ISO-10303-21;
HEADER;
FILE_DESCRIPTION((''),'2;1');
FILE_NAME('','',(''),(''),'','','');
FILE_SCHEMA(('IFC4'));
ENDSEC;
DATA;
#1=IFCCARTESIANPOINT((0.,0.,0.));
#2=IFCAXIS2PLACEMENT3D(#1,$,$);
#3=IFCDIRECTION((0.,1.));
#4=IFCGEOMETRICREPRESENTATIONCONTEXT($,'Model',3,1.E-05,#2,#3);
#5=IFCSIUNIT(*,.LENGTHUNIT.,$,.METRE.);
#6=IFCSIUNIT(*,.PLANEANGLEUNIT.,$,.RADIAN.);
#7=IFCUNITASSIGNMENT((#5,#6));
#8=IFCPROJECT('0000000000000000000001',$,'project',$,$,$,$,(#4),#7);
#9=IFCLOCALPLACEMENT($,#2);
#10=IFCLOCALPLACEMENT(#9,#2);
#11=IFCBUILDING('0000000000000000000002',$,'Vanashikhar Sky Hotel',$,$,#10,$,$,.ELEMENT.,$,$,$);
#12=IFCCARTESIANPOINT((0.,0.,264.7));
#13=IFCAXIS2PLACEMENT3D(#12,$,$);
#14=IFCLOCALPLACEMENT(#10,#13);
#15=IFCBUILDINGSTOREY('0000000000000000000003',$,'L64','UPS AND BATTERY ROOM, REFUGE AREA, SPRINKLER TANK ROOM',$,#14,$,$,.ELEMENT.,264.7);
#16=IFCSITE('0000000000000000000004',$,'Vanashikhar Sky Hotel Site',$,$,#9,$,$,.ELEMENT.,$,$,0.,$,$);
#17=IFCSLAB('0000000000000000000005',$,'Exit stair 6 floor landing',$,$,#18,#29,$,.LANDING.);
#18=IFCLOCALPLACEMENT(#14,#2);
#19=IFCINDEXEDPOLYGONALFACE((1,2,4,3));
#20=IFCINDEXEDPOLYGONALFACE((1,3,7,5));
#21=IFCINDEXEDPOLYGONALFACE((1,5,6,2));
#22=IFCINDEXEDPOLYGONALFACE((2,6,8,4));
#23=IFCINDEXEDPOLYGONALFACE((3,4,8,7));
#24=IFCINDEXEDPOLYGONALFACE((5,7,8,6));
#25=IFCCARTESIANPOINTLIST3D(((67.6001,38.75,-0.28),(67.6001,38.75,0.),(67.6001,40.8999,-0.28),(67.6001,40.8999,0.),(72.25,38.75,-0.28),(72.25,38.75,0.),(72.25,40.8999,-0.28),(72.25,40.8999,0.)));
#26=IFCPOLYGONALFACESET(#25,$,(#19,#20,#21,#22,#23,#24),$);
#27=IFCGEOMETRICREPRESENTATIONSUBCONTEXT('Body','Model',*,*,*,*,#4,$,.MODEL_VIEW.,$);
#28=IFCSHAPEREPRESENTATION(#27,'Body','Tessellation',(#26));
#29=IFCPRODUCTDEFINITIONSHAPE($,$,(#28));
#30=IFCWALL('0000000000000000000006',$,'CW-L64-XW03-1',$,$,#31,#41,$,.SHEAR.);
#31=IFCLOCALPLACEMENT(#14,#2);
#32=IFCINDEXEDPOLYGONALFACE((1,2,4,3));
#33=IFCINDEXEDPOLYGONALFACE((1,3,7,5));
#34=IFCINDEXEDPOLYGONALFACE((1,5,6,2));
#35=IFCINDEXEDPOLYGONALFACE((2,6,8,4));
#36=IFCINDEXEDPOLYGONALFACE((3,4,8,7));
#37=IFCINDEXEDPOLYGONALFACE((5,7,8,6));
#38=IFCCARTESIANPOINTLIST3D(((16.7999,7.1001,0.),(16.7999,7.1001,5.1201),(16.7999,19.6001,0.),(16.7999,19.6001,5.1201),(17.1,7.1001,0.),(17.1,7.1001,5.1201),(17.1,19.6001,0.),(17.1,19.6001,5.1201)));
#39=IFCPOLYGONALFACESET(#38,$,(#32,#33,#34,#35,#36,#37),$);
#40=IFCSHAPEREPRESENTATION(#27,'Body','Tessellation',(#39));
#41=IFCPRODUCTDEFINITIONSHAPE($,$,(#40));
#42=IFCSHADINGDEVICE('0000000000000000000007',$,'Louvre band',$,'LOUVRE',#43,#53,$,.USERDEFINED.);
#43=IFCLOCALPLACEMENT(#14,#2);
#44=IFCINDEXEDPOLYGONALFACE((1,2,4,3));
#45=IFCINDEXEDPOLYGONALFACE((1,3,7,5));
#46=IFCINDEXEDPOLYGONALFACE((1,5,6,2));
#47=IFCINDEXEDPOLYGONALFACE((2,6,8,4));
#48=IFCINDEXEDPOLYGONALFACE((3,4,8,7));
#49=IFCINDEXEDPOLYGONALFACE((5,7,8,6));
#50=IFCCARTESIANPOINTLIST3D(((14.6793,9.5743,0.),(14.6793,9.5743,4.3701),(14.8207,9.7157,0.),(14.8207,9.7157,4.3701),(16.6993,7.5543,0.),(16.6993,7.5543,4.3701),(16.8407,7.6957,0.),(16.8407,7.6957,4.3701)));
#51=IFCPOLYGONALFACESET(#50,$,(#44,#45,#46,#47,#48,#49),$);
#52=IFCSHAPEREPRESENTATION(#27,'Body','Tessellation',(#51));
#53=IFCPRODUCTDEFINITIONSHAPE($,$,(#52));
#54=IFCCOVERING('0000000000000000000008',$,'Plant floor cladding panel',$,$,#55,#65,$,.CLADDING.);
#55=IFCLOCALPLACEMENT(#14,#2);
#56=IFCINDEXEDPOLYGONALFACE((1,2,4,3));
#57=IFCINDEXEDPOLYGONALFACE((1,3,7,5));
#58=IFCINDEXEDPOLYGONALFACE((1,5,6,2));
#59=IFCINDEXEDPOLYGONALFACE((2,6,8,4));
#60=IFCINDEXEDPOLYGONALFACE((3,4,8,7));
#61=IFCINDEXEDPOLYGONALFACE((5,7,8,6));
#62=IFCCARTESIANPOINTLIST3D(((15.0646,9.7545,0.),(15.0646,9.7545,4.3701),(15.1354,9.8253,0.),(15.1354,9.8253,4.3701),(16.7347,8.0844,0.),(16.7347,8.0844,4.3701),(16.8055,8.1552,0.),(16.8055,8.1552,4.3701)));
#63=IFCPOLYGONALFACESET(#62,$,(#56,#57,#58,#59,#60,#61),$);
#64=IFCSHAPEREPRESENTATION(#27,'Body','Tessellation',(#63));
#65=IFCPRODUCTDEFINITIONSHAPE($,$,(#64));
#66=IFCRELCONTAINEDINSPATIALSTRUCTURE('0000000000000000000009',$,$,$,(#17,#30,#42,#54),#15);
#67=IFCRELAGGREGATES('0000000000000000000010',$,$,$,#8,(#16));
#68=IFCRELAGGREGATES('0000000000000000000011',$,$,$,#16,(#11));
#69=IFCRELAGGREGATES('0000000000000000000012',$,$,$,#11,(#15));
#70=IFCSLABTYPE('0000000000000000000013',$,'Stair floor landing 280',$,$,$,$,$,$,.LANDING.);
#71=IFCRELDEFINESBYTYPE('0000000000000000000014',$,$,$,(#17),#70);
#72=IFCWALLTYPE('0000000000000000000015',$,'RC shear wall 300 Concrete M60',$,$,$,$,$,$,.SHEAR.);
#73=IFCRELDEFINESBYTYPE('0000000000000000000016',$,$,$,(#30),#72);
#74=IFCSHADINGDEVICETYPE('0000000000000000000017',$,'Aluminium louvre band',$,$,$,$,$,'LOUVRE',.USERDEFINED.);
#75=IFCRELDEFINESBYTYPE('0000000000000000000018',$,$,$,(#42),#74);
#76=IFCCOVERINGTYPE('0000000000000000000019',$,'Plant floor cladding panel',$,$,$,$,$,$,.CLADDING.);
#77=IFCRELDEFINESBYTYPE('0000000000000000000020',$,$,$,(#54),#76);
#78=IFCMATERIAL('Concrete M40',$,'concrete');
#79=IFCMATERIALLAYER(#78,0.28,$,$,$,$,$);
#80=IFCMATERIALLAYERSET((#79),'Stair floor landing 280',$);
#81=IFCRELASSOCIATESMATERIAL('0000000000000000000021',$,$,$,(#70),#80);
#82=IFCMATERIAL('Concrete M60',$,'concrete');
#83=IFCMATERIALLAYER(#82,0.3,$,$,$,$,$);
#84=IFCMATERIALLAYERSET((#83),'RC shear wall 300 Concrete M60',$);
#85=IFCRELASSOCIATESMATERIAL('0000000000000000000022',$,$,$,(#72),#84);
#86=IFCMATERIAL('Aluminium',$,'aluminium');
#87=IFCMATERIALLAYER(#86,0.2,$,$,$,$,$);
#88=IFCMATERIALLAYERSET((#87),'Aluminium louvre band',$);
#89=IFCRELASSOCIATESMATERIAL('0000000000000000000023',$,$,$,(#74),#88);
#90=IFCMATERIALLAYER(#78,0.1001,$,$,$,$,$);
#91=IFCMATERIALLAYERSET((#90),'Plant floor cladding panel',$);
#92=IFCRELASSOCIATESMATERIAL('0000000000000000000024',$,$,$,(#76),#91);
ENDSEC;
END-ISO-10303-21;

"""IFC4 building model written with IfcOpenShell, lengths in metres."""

from ifc_helpers import new_model, si_unit, direction, frame, frame_2d, origin, origin_2d, place, context, subcontext, project, spatial, polyline, rectangle, outline, extrude, source, transform, mapped, material, layer, layer_set, type_object, element, save


model = new_model("IFC4")

# Units and contexts
model_context = context("Model", 3, precision=1e-05, world=origin(), true_north=direction((0.0, 1.0)))
body_context = subcontext(model_context, "Body", "Model", "MODEL_VIEW")
ifc_project = project(units=[si_unit("LENGTHUNIT", "METRE"), si_unit("PLANEANGLEUNIT", "RADIAN")], contexts=[model_context])

# Site, building, storey
site_placement = place(None, origin())
site = spatial("IfcSite", under=ifc_project, at=site_placement, Name="Vanashikhar Sky Hotel Site", CompositionType="ELEMENT", RefElevation=0.0)
building_placement = place(site_placement, origin())
building = spatial("IfcBuilding", under=site, at=building_placement, Name="Vanashikhar Sky Hotel", CompositionType="ELEMENT")
storey_placement = place(building_placement, frame((0.0, 0.0, 264.7)))
storey = spatial("IfcBuildingStorey", under=building, at=storey_placement, Name="L64", Description="UPS AND BATTERY ROOM, REFUGE AREA, SPRINKLER TANK ROOM", CompositionType="ELEMENT", Elevation=264.7)

# Shared definitions
ifc_material_1 = material(Name="Concrete M40", Category="concrete")
ifc_layer_1 = layer(ifc_material_1, 0.28)
ifc_layer_set_1 = layer_set([ifc_layer_1], Name="Stair floor landing 280")
slab_type_1 = type_object("IfcSlabType", Name="Stair floor landing 280", PredefinedType="LANDING", material=ifc_layer_set_1)

# Slab
shared_shape_1 = source(origin(), body_context, "Body", "SweptSolid", [
    extrude(outline(polyline([(72.25, 38.75), (72.25, 40.8999), (67.6001, 40.8999), (67.6001, 38.75), (72.25, 38.75)])), origin(), (0.0, 0.0, 1.0), 0.28),
])
slab_1_placement = place(storey_placement, frame((0.0, 0.0, -0.28)))
element("IfcSlab", 1, at=slab_1_placement, inside=storey, type_object=slab_type_1, Name="Exit stair 6 floor landing", PredefinedType="LANDING", context=body_context, shape_type="MappedRepresentation", body=[
    mapped(shared_shape_1, transform((0.0, 0.0, 0.0), scale=1.0)),
])

# Wall
ifc_material_2 = material(Name="Concrete M60", Category="concrete")
ifc_layer_2 = layer(ifc_material_2, 0.3)
ifc_layer_set_2 = layer_set([ifc_layer_2], Name="RC shear wall 300 Concrete M60")
wall_type = type_object("IfcWallType", Name="RC shear wall 300 Concrete M60", PredefinedType="SHEAR", material=ifc_layer_set_2)
shared_shape_2 = source(origin(), body_context, "Body", "SweptSolid", [
    extrude(rectangle(XDim=12.5, YDim=0.3, at=frame_2d((6.25, 0.0))), origin(), (0.0, 0.0, 1.0), 5.1201),
])
wall_placement = place(storey_placement, frame((16.95, 7.1001, 0.0), z_axis=(0.0, 0.0, 1.0), x_axis=(0.0, 1.0, 0.0)))
element("IfcWall", 2, at=wall_placement, inside=storey, type_object=wall_type, Name="CW-L64-XW03-1", PredefinedType="SHEAR", context=body_context, shape_type="MappedRepresentation", body=[
    mapped(shared_shape_2, transform((0.0, 0.0, 0.0), scale=1.0)),
])

# Shading device
ifc_material_3 = material(Name="Aluminium", Category="aluminium")
ifc_layer_3 = layer(ifc_material_3, 0.2)
ifc_layer_set_3 = layer_set([ifc_layer_3], Name="Aluminium louvre band")
shading_device_type = type_object("IfcShadingDeviceType", Name="Aluminium louvre band", ElementType="LOUVRE", PredefinedType="USERDEFINED", material=ifc_layer_set_3)
shared_shape_3 = source(origin(), body_context, "Body", "SweptSolid", [
    extrude(rectangle(XDim=2.8567, YDim=0.2, at=origin_2d()), origin(), (0.0, 0.0, 1.0), 4.3701),
])
shading_device_placement = place(storey_placement, frame((15.76, 8.635, 0.0), z_axis=(0.0, 0.0, 1.0), x_axis=(0.707107, -0.707107, 0.0)))
element("IfcShadingDevice", 3, at=shading_device_placement, inside=storey, type_object=shading_device_type, Name="Louvre band", ObjectType="LOUVRE", PredefinedType="USERDEFINED", context=body_context, shape_type="MappedRepresentation", body=[
    mapped(shared_shape_3, transform((0.0, 0.0, 0.0), scale=1.0)),
])

# Covering
ifc_layer_4 = layer(ifc_material_1, 0.1001)
ifc_layer_set_4 = layer_set([ifc_layer_4], Name="Plant floor cladding panel")
covering_type = type_object("IfcCoveringType", Name="Plant floor cladding panel", PredefinedType="CLADDING", material=ifc_layer_set_4)
shared_shape_4 = source(origin(), body_context, "Body", "SweptSolid", [
    extrude(rectangle(XDim=2.3618, YDim=0.1001, at=origin_2d()), origin(), (0.0, 0.0, 1.0), 4.3701),
])
covering_placement = place(storey_placement, frame((15.9351, 8.9548, 0.0), z_axis=(0.0, 0.0, 1.0), x_axis=(0.707107, -0.707107, 0.0)))
element("IfcCovering", 4, at=covering_placement, inside=storey, type_object=covering_type, Name="Plant floor cladding panel", PredefinedType="CLADDING", context=body_context, shape_type="MappedRepresentation", body=[
    mapped(shared_shape_4, transform((0.0, 0.0, 0.0), scale=1.0)),
])

save(model, "model.ifc")
